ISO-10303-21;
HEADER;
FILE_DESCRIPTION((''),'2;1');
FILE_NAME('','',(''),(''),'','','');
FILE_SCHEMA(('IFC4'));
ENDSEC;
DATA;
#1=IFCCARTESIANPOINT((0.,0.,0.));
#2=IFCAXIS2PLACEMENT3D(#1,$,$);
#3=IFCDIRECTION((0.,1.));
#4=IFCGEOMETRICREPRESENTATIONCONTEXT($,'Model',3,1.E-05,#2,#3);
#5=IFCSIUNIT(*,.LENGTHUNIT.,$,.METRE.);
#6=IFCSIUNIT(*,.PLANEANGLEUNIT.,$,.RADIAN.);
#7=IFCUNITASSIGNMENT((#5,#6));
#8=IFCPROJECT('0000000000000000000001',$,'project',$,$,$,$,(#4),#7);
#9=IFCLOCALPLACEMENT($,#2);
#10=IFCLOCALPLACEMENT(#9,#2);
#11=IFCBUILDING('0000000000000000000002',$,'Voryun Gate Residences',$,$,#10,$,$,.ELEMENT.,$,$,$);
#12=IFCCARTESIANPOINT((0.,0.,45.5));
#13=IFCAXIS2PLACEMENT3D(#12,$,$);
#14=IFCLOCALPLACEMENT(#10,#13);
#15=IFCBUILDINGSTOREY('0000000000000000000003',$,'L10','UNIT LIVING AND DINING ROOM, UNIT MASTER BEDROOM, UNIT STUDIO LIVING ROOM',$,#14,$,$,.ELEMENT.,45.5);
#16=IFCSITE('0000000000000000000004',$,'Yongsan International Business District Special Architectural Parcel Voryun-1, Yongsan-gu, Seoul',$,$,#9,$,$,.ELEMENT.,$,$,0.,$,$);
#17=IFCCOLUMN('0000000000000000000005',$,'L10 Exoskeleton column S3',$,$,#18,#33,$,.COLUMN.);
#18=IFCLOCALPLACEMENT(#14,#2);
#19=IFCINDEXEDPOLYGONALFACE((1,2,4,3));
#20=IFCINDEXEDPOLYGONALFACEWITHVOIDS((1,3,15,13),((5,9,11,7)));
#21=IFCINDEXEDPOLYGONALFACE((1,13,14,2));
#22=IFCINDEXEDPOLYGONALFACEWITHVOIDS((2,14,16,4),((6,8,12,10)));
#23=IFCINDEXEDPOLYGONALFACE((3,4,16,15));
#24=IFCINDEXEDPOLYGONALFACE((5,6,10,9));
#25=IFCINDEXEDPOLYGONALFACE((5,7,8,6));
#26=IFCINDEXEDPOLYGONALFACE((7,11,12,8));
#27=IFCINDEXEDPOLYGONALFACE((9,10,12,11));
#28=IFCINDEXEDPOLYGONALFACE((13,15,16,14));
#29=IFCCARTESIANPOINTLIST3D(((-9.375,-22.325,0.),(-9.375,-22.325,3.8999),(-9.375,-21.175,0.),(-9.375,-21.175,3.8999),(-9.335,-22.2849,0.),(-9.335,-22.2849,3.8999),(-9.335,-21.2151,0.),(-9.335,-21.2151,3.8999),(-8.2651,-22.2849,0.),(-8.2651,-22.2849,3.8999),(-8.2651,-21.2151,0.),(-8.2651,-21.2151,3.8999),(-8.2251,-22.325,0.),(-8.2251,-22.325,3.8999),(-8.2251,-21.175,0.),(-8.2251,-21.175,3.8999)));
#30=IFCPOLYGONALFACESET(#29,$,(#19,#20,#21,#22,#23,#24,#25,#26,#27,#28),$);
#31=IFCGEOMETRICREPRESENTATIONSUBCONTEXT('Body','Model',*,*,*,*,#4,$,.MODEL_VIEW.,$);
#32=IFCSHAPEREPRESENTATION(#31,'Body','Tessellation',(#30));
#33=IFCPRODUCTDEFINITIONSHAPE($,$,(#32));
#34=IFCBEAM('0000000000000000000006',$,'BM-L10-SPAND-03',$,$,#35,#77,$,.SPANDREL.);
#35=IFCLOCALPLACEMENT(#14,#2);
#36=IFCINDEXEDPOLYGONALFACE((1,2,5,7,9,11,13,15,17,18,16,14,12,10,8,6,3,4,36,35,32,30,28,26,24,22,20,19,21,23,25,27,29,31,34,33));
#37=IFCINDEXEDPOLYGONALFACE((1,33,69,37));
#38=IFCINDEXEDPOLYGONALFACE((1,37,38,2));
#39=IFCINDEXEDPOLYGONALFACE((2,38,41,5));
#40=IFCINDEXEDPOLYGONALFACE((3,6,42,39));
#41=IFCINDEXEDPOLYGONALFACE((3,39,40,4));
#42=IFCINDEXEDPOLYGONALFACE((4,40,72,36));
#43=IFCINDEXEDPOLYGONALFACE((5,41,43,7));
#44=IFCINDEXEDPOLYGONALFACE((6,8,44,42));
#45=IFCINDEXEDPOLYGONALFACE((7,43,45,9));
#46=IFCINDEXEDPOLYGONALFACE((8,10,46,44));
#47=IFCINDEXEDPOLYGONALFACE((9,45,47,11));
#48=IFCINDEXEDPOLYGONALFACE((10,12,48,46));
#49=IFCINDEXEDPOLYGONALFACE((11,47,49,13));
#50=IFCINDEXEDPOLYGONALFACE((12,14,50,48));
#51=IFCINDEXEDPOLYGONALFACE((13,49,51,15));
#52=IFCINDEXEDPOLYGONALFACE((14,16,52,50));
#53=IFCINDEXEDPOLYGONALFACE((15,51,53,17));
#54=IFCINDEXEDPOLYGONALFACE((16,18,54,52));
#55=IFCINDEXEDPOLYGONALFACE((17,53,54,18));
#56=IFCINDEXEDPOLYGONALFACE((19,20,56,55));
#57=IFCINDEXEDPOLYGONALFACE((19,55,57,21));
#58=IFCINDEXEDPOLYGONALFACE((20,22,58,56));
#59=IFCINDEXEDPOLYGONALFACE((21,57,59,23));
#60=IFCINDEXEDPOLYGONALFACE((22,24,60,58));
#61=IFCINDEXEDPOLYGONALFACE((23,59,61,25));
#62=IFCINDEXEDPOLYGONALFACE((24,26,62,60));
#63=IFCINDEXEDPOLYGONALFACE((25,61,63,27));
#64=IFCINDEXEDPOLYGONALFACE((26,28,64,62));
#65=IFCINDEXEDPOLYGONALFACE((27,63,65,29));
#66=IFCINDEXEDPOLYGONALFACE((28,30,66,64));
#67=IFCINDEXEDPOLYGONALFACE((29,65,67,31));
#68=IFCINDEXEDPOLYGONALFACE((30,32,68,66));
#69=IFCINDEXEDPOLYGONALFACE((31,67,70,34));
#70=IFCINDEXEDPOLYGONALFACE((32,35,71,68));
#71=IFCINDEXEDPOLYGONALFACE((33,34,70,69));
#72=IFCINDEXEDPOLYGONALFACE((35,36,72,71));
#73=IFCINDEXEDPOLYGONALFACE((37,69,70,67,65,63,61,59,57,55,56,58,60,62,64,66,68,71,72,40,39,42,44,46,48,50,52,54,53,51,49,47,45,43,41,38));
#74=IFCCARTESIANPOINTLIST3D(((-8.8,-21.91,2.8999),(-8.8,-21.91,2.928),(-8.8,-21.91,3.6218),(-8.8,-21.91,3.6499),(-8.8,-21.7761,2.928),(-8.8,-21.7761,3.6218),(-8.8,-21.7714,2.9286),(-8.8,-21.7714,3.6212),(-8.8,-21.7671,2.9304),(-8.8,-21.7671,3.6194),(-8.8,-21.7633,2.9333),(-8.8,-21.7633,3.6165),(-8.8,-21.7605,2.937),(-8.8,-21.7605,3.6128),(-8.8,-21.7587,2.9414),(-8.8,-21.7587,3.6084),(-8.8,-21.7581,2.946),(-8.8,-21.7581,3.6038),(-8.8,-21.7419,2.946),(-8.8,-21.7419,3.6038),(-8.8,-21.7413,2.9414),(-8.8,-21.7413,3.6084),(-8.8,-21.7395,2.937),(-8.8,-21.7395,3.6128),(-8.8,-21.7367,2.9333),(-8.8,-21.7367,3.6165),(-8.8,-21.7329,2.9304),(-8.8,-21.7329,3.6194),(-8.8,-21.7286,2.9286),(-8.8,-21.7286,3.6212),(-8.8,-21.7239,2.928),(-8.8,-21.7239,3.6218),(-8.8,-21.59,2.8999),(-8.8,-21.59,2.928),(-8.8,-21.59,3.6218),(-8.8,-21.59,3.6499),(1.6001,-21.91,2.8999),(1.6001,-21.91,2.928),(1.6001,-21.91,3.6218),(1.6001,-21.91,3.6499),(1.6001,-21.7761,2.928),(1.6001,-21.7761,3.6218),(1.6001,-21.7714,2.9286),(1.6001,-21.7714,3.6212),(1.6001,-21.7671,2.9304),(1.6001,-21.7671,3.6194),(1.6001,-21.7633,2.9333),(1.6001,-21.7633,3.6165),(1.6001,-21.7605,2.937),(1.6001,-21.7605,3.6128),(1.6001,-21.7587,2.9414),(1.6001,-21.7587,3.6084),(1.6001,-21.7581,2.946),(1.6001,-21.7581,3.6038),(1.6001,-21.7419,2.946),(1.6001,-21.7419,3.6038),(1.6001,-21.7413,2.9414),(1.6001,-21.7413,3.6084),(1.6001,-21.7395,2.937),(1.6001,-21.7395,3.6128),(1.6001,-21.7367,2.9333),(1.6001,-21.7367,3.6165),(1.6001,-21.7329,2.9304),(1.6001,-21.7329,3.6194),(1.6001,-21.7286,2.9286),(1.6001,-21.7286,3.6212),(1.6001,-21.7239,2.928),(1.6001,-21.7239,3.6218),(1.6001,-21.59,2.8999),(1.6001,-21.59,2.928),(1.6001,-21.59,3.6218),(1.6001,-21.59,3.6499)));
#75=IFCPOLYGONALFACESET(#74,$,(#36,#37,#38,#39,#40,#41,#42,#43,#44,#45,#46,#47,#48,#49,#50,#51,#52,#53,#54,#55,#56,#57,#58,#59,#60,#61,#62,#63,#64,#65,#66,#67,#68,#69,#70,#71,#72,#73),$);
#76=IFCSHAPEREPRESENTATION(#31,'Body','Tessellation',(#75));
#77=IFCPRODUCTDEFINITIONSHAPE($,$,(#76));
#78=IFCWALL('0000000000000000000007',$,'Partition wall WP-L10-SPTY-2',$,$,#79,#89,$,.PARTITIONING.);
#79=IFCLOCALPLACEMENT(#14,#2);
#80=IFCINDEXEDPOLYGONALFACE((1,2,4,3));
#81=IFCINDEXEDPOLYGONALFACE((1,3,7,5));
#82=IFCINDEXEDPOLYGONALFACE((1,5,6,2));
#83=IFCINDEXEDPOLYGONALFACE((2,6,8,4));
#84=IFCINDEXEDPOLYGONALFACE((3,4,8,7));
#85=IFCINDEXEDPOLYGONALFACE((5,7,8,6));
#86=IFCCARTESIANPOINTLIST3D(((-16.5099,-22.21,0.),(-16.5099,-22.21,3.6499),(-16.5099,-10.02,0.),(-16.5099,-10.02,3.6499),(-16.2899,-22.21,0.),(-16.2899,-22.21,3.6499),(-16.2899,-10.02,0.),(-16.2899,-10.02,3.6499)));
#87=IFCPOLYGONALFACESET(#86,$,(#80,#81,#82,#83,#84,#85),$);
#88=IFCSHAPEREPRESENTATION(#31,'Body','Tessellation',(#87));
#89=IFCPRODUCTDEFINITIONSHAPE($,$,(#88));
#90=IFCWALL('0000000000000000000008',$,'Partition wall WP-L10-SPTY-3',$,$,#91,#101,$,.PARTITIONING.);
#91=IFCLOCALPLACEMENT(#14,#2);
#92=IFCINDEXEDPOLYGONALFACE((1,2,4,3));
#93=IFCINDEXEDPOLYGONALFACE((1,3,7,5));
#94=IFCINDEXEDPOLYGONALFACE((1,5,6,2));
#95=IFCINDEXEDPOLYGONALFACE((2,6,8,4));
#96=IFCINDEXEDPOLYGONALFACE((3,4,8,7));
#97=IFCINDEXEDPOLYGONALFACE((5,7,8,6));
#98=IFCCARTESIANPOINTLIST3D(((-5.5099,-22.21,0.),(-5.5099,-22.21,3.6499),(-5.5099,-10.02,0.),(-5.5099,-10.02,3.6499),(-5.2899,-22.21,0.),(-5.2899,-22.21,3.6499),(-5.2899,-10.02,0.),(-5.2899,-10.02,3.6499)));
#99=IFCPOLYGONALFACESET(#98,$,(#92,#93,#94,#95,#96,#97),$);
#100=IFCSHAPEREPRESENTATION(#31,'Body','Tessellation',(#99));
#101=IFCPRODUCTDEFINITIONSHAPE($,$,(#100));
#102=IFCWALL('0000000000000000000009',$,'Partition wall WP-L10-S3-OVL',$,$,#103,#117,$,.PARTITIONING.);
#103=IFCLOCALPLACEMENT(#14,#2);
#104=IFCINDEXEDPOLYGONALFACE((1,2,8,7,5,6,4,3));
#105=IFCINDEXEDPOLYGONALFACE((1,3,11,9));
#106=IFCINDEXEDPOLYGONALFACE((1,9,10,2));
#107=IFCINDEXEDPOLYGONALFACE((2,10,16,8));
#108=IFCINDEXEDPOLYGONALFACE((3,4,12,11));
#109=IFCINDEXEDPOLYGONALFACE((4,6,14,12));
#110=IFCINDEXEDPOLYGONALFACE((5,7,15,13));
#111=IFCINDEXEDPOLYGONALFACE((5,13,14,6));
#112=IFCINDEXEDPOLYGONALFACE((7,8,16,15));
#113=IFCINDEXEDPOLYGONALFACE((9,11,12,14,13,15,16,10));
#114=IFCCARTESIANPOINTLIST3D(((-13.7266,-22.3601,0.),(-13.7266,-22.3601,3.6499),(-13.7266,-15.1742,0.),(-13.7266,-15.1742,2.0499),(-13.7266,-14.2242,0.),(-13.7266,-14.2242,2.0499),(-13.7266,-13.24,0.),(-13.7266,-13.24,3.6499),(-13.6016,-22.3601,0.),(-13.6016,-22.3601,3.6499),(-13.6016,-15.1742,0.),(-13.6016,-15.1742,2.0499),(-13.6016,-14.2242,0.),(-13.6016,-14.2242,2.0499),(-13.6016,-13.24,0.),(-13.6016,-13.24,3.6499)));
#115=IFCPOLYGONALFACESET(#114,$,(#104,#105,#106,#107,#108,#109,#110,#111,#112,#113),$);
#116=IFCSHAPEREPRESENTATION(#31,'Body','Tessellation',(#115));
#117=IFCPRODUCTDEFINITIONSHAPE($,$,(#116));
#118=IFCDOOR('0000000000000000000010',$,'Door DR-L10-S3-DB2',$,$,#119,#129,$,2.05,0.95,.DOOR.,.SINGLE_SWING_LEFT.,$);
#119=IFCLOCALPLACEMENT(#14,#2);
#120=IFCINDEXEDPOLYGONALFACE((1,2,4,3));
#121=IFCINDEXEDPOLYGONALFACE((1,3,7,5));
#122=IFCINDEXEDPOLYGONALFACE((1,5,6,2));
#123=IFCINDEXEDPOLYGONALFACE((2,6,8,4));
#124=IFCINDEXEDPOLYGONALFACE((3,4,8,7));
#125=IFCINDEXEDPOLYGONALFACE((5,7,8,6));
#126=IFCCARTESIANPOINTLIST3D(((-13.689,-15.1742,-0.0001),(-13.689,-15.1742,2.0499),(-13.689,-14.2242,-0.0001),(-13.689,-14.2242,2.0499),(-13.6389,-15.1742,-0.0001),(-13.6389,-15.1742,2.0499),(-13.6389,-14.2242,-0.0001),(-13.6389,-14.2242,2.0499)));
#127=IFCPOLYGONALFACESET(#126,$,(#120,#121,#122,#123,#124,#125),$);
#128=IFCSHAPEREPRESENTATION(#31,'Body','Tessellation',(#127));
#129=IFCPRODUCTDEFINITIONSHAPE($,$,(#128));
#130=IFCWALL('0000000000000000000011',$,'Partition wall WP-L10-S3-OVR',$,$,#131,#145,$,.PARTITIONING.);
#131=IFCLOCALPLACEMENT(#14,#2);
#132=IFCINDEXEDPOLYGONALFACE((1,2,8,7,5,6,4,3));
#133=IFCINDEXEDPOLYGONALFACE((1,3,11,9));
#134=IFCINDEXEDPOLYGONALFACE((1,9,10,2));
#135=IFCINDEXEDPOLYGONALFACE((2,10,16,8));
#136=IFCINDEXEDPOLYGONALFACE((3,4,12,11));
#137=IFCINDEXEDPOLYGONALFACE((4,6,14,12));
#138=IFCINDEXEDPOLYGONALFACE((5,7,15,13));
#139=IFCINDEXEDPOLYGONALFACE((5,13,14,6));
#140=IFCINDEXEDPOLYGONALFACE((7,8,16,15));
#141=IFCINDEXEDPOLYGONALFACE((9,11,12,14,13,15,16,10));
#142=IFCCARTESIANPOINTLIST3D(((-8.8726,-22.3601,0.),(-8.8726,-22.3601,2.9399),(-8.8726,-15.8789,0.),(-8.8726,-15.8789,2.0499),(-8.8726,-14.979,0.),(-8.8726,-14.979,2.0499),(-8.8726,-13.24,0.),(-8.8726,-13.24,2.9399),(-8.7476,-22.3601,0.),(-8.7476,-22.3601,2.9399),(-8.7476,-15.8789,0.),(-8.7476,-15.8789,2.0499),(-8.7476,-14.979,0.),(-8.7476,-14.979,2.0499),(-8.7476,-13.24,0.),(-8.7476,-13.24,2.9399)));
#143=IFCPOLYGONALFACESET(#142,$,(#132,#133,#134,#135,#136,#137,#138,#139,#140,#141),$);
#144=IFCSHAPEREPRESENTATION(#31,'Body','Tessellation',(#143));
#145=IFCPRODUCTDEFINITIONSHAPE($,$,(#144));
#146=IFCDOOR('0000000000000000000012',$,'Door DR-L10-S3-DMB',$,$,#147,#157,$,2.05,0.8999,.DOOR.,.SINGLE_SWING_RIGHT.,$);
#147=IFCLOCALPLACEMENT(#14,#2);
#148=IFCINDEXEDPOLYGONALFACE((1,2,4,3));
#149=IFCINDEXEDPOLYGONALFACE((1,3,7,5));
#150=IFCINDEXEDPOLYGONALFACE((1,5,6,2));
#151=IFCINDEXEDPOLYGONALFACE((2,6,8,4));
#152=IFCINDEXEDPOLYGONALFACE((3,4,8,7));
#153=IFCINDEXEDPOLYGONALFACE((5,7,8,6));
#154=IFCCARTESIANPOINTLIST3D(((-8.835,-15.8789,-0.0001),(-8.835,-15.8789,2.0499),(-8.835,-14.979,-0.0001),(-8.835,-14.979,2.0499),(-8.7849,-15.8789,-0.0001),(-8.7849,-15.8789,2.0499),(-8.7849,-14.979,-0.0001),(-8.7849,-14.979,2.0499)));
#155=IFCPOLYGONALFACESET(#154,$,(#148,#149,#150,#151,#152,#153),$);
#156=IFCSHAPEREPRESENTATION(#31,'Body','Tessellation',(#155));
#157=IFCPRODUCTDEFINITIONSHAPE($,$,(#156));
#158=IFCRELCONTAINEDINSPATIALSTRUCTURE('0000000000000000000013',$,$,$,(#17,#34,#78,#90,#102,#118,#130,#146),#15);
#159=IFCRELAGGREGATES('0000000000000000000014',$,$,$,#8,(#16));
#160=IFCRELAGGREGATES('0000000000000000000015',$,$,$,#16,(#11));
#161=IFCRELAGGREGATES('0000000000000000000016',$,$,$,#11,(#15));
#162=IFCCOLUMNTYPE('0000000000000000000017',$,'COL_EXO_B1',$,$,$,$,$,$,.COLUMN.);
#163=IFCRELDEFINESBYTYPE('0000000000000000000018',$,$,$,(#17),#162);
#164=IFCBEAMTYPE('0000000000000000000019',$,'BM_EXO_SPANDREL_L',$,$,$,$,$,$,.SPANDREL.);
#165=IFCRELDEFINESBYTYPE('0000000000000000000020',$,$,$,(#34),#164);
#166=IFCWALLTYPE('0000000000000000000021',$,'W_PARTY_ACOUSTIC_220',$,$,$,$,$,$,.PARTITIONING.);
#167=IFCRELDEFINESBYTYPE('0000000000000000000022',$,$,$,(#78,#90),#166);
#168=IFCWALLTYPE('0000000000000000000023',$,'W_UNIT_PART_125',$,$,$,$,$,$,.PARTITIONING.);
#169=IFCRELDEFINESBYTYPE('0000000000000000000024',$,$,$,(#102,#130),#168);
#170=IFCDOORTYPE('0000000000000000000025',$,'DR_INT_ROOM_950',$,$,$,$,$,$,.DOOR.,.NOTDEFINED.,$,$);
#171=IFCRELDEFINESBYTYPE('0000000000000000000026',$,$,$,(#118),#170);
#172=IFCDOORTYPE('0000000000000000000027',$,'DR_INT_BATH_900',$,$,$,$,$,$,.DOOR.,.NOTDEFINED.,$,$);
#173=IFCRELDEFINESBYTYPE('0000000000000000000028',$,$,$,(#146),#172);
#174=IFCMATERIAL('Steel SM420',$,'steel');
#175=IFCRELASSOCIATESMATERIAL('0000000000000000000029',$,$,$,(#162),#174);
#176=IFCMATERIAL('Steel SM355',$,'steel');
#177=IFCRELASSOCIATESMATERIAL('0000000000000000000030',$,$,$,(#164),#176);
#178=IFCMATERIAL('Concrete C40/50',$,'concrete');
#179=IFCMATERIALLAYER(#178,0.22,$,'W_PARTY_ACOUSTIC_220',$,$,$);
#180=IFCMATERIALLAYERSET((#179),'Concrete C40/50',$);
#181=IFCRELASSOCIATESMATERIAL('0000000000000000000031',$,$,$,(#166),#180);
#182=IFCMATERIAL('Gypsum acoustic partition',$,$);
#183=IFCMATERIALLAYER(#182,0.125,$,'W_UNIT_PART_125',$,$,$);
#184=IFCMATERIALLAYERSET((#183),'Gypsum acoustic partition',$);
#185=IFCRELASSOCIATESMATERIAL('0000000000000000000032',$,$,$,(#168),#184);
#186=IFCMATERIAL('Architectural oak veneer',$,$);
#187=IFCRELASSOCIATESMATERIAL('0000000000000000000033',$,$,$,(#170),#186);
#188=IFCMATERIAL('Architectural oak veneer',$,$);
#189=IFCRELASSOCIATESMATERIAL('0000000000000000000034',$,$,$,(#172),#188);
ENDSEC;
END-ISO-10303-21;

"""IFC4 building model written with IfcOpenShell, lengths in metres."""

from ifc_helpers import new_model, si_unit, direction, frame, frame_2d, origin, origin_2d, place, context, subcontext, project, spatial, rectangle, hollow_rectangle, i_section, extrude, material, layer, layer_set, material_profile, profile_set, type_object, element, fill, save


model = new_model("IFC4")

# Units and contexts
model_context = context("Model", 3, precision=1e-05, world=origin(), true_north=direction((0.0, 1.0)))
body_context = subcontext(model_context, "Body", "Model", "MODEL_VIEW")
ifc_project = project(units=[si_unit("LENGTHUNIT", "METRE"), si_unit("PLANEANGLEUNIT", "RADIAN")], contexts=[model_context])

# Site, building, storey
site_placement = place(None, origin())
site = spatial("IfcSite", under=ifc_project, at=site_placement, Name="Yongsan International Business District Special Architectural Parcel Voryun-1, Yongsan-gu, Seoul", CompositionType="ELEMENT", RefElevation=0.0)
building_placement = place(site_placement, origin())
building = spatial("IfcBuilding", under=site, at=building_placement, Name="Voryun Gate Residences", CompositionType="ELEMENT")
storey_placement = place(building_placement, frame((0.0, 0.0, 45.5)))
storey = spatial("IfcBuildingStorey", under=building, at=storey_placement, Name="L10", Description="UNIT LIVING AND DINING ROOM, UNIT MASTER BEDROOM, UNIT STUDIO LIVING ROOM", CompositionType="ELEMENT", Elevation=45.5)

# Column
ifc_material_1 = material(Name="Steel SM420", Category="steel")
ifc_material_profile_1 = material_profile(ifc_material_1, hollow_rectangle(XDim=1.1499, YDim=1.1499, WallThickness=0.04, at=origin_2d()), Name="BOX-1150x1150x40")
ifc_profile_set_1 = profile_set([ifc_material_profile_1], Name="Steel SM420")
column_type = type_object("IfcColumnType", Name="COL_EXO_B1", PredefinedType="COLUMN", material=ifc_profile_set_1)
column_placement = place(storey_placement, frame((-8.8, -21.75, 0.0), z_axis=(0.0, 0.0, 1.0), x_axis=(1.0, 0.0, 0.0)))
element("IfcColumn", 1, at=column_placement, inside=storey, type_object=column_type, Name="L10 Exoskeleton column S3", PredefinedType="COLUMN", context=body_context, shape_type="SweptSolid", body=[
    extrude(hollow_rectangle(XDim=1.1499, YDim=1.1499, WallThickness=0.04, at=origin_2d()), origin(), (0.0, 0.0, 1.0), 3.8999),
])

# Beam
ifc_material_2 = material(Name="Steel SM355", Category="steel")
ifc_material_profile_2 = material_profile(ifc_material_2, i_section(OverallWidth=0.3201, OverallDepth=0.75, WebThickness=0.0161, FlangeThickness=0.0281, FilletRadius=0.0181, at=origin_2d()), Name="H-750x320x16x28")
ifc_profile_set_2 = profile_set([ifc_material_profile_2], Name="Steel SM355")
beam_type = type_object("IfcBeamType", Name="BM_EXO_SPANDREL_L", PredefinedType="SPANDREL", material=ifc_profile_set_2)
beam_placement = place(storey_placement, frame((-8.8, -21.75, 3.2749), z_axis=(1.0, 0.0, 0.0), x_axis=(0.0, 1.0, 0.0)))
element("IfcBeam", 2, at=beam_placement, inside=storey, type_object=beam_type, Name="BM-L10-SPAND-03", PredefinedType="SPANDREL", context=body_context, shape_type="SweptSolid", body=[
    extrude(i_section(OverallWidth=0.3201, OverallDepth=0.75, WebThickness=0.0161, FlangeThickness=0.0281, FilletRadius=0.0181, at=origin_2d()), origin(), (0.0, 0.0, 1.0), 10.4001),
])

# Walls
ifc_material_3 = material(Name="Concrete C40/50", Category="concrete")
ifc_layer_1 = layer(ifc_material_3, 0.22, Name="W_PARTY_ACOUSTIC_220")
ifc_layer_set_1 = layer_set([ifc_layer_1], Name="Concrete C40/50")
wall_type_1 = type_object("IfcWallType", Name="W_PARTY_ACOUSTIC_220", PredefinedType="PARTITIONING", material=ifc_layer_set_1)
for number, where, z_axis, x_axis, name in (
    (3, (-16.3999, -22.21, 0.0), (0.0, 0.0, 1.0), (0.0, 1.0, 0.0), "Partition wall WP-L10-SPTY-2"),
    (4, (-5.3999, -22.21, 0.0), (0.0, 0.0, 1.0), (0.0, 1.0, 0.0), "Partition wall WP-L10-SPTY-3"),
):
    element("IfcWall", number, at=place(storey_placement, frame(where, z_axis=z_axis, x_axis=x_axis)), inside=storey, type_object=wall_type_1, Name=name, PredefinedType="PARTITIONING", context=body_context, shape_type="SweptSolid", body=[
        extrude(rectangle(XDim=12.1899, YDim=0.22, at=frame_2d((6.095, 0.0))), origin(), (0.0, 0.0, 1.0), 3.6499),
    ])

# Walls, openings, doors
ifc_material_4 = material(Name="Gypsum acoustic partition")
ifc_layer_2 = layer(ifc_material_4, 0.125, Name="W_UNIT_PART_125")
ifc_layer_set_2 = layer_set([ifc_layer_2], Name="Gypsum acoustic partition")
wall_type_2 = type_object("IfcWallType", Name="W_UNIT_PART_125", PredefinedType="PARTITIONING", material=ifc_layer_set_2)
wall_1_placement = place(storey_placement, frame((-13.6641, -22.3601, 0.0), z_axis=(0.0, 0.0, 1.0), x_axis=(0.0, 1.0, 0.0)))
wall_1 = element("IfcWall", 5, at=wall_1_placement, inside=storey, type_object=wall_type_2, Name="Partition wall WP-L10-S3-OVL", PredefinedType="PARTITIONING", context=body_context, shape_type="SweptSolid", body=[
    extrude(rectangle(XDim=9.1201, YDim=0.125, at=frame_2d((4.5601, 0.0))), origin(), (0.0, 0.0, 1.0), 3.6499),
])
opening_1_placement = place(wall_1_placement, frame((7.1858, 0.0, 0.0)))
opening_1 = element("IfcOpeningElement", 6, at=opening_1_placement, cuts=wall_1, PredefinedType="OPENING", context=body_context, shape_type="SweptSolid", body=[
    extrude(rectangle(XDim=0.95, YDim=2.05, at=frame_2d((0.4751, 1.0249))), frame((0.0, 0.0725, 0.0), z_axis=(0.0, -1.0, 0.0), x_axis=(1.0, 0.0, 0.0)), (0.0, 0.0, 1.0), 0.145),
])
ifc_material_5 = material(Name="Architectural oak veneer")
door_type_1 = type_object("IfcDoorType", Name="DR_INT_ROOM_950", OperationType="NOTDEFINED", PredefinedType="DOOR", material=ifc_material_5)
door_1_placement = place(opening_1_placement, origin())
door_1 = element("IfcDoor", 7, at=door_1_placement, inside=storey, type_object=door_type_1, Name="Door DR-L10-S3-DB2", OperationType="SINGLE_SWING_LEFT", OverallHeight=2.05, OverallWidth=0.95, PredefinedType="DOOR", context=body_context, shape_type="SweptSolid", body=[
    extrude(rectangle(XDim=0.95, YDim=2.05, at=frame_2d((0.4751, 1.0249))), frame((0.0, 0.0249, 0.0), z_axis=(0.0, -1.0, 0.0), x_axis=(1.0, 0.0, 0.0)), (0.0, 0.0, 1.0), 0.05),
])
fill(opening_1, door_1)
wall_2_placement = place(storey_placement, frame((-8.8101, -22.3601, 0.0), z_axis=(0.0, 0.0, 1.0), x_axis=(0.0, 1.0, 0.0)))
wall_2 = element("IfcWall", 8, at=wall_2_placement, inside=storey, type_object=wall_type_2, Name="Partition wall WP-L10-S3-OVR", PredefinedType="PARTITIONING", context=body_context, shape_type="SweptSolid", body=[
    extrude(rectangle(XDim=9.1201, YDim=0.125, at=frame_2d((4.5601, 0.0))), origin(), (0.0, 0.0, 1.0), 2.9399),
])
opening_2_placement = place(wall_2_placement, frame((6.4812, 0.0, 0.0)))
opening_2 = element("IfcOpeningElement", 9, at=opening_2_placement, cuts=wall_2, PredefinedType="OPENING", context=body_context, shape_type="SweptSolid", body=[
    extrude(rectangle(XDim=0.8999, YDim=2.05, at=frame_2d((0.45, 1.0249))), frame((0.0, 0.0725, 0.0), z_axis=(0.0, -1.0, 0.0), x_axis=(1.0, 0.0, 0.0)), (0.0, 0.0, 1.0), 0.145),
])
ifc_material_6 = material(Name="Architectural oak veneer")
door_type_2 = type_object("IfcDoorType", Name="DR_INT_BATH_900", OperationType="NOTDEFINED", PredefinedType="DOOR", material=ifc_material_6)
door_2_placement = place(opening_2_placement, origin())
door_2 = element("IfcDoor", 10, at=door_2_placement, inside=storey, type_object=door_type_2, Name="Door DR-L10-S3-DMB", OperationType="SINGLE_SWING_RIGHT", OverallHeight=2.05, OverallWidth=0.8999, PredefinedType="DOOR", context=body_context, shape_type="SweptSolid", body=[
    extrude(rectangle(XDim=0.8999, YDim=2.05, at=frame_2d((0.45, 1.0249))), frame((0.0, 0.0249, 0.0), z_axis=(0.0, -1.0, 0.0), x_axis=(1.0, 0.0, 0.0)), (0.0, 0.0, 1.0), 0.05),
])
fill(opening_2, door_2)

save(model, "model.ifc")
